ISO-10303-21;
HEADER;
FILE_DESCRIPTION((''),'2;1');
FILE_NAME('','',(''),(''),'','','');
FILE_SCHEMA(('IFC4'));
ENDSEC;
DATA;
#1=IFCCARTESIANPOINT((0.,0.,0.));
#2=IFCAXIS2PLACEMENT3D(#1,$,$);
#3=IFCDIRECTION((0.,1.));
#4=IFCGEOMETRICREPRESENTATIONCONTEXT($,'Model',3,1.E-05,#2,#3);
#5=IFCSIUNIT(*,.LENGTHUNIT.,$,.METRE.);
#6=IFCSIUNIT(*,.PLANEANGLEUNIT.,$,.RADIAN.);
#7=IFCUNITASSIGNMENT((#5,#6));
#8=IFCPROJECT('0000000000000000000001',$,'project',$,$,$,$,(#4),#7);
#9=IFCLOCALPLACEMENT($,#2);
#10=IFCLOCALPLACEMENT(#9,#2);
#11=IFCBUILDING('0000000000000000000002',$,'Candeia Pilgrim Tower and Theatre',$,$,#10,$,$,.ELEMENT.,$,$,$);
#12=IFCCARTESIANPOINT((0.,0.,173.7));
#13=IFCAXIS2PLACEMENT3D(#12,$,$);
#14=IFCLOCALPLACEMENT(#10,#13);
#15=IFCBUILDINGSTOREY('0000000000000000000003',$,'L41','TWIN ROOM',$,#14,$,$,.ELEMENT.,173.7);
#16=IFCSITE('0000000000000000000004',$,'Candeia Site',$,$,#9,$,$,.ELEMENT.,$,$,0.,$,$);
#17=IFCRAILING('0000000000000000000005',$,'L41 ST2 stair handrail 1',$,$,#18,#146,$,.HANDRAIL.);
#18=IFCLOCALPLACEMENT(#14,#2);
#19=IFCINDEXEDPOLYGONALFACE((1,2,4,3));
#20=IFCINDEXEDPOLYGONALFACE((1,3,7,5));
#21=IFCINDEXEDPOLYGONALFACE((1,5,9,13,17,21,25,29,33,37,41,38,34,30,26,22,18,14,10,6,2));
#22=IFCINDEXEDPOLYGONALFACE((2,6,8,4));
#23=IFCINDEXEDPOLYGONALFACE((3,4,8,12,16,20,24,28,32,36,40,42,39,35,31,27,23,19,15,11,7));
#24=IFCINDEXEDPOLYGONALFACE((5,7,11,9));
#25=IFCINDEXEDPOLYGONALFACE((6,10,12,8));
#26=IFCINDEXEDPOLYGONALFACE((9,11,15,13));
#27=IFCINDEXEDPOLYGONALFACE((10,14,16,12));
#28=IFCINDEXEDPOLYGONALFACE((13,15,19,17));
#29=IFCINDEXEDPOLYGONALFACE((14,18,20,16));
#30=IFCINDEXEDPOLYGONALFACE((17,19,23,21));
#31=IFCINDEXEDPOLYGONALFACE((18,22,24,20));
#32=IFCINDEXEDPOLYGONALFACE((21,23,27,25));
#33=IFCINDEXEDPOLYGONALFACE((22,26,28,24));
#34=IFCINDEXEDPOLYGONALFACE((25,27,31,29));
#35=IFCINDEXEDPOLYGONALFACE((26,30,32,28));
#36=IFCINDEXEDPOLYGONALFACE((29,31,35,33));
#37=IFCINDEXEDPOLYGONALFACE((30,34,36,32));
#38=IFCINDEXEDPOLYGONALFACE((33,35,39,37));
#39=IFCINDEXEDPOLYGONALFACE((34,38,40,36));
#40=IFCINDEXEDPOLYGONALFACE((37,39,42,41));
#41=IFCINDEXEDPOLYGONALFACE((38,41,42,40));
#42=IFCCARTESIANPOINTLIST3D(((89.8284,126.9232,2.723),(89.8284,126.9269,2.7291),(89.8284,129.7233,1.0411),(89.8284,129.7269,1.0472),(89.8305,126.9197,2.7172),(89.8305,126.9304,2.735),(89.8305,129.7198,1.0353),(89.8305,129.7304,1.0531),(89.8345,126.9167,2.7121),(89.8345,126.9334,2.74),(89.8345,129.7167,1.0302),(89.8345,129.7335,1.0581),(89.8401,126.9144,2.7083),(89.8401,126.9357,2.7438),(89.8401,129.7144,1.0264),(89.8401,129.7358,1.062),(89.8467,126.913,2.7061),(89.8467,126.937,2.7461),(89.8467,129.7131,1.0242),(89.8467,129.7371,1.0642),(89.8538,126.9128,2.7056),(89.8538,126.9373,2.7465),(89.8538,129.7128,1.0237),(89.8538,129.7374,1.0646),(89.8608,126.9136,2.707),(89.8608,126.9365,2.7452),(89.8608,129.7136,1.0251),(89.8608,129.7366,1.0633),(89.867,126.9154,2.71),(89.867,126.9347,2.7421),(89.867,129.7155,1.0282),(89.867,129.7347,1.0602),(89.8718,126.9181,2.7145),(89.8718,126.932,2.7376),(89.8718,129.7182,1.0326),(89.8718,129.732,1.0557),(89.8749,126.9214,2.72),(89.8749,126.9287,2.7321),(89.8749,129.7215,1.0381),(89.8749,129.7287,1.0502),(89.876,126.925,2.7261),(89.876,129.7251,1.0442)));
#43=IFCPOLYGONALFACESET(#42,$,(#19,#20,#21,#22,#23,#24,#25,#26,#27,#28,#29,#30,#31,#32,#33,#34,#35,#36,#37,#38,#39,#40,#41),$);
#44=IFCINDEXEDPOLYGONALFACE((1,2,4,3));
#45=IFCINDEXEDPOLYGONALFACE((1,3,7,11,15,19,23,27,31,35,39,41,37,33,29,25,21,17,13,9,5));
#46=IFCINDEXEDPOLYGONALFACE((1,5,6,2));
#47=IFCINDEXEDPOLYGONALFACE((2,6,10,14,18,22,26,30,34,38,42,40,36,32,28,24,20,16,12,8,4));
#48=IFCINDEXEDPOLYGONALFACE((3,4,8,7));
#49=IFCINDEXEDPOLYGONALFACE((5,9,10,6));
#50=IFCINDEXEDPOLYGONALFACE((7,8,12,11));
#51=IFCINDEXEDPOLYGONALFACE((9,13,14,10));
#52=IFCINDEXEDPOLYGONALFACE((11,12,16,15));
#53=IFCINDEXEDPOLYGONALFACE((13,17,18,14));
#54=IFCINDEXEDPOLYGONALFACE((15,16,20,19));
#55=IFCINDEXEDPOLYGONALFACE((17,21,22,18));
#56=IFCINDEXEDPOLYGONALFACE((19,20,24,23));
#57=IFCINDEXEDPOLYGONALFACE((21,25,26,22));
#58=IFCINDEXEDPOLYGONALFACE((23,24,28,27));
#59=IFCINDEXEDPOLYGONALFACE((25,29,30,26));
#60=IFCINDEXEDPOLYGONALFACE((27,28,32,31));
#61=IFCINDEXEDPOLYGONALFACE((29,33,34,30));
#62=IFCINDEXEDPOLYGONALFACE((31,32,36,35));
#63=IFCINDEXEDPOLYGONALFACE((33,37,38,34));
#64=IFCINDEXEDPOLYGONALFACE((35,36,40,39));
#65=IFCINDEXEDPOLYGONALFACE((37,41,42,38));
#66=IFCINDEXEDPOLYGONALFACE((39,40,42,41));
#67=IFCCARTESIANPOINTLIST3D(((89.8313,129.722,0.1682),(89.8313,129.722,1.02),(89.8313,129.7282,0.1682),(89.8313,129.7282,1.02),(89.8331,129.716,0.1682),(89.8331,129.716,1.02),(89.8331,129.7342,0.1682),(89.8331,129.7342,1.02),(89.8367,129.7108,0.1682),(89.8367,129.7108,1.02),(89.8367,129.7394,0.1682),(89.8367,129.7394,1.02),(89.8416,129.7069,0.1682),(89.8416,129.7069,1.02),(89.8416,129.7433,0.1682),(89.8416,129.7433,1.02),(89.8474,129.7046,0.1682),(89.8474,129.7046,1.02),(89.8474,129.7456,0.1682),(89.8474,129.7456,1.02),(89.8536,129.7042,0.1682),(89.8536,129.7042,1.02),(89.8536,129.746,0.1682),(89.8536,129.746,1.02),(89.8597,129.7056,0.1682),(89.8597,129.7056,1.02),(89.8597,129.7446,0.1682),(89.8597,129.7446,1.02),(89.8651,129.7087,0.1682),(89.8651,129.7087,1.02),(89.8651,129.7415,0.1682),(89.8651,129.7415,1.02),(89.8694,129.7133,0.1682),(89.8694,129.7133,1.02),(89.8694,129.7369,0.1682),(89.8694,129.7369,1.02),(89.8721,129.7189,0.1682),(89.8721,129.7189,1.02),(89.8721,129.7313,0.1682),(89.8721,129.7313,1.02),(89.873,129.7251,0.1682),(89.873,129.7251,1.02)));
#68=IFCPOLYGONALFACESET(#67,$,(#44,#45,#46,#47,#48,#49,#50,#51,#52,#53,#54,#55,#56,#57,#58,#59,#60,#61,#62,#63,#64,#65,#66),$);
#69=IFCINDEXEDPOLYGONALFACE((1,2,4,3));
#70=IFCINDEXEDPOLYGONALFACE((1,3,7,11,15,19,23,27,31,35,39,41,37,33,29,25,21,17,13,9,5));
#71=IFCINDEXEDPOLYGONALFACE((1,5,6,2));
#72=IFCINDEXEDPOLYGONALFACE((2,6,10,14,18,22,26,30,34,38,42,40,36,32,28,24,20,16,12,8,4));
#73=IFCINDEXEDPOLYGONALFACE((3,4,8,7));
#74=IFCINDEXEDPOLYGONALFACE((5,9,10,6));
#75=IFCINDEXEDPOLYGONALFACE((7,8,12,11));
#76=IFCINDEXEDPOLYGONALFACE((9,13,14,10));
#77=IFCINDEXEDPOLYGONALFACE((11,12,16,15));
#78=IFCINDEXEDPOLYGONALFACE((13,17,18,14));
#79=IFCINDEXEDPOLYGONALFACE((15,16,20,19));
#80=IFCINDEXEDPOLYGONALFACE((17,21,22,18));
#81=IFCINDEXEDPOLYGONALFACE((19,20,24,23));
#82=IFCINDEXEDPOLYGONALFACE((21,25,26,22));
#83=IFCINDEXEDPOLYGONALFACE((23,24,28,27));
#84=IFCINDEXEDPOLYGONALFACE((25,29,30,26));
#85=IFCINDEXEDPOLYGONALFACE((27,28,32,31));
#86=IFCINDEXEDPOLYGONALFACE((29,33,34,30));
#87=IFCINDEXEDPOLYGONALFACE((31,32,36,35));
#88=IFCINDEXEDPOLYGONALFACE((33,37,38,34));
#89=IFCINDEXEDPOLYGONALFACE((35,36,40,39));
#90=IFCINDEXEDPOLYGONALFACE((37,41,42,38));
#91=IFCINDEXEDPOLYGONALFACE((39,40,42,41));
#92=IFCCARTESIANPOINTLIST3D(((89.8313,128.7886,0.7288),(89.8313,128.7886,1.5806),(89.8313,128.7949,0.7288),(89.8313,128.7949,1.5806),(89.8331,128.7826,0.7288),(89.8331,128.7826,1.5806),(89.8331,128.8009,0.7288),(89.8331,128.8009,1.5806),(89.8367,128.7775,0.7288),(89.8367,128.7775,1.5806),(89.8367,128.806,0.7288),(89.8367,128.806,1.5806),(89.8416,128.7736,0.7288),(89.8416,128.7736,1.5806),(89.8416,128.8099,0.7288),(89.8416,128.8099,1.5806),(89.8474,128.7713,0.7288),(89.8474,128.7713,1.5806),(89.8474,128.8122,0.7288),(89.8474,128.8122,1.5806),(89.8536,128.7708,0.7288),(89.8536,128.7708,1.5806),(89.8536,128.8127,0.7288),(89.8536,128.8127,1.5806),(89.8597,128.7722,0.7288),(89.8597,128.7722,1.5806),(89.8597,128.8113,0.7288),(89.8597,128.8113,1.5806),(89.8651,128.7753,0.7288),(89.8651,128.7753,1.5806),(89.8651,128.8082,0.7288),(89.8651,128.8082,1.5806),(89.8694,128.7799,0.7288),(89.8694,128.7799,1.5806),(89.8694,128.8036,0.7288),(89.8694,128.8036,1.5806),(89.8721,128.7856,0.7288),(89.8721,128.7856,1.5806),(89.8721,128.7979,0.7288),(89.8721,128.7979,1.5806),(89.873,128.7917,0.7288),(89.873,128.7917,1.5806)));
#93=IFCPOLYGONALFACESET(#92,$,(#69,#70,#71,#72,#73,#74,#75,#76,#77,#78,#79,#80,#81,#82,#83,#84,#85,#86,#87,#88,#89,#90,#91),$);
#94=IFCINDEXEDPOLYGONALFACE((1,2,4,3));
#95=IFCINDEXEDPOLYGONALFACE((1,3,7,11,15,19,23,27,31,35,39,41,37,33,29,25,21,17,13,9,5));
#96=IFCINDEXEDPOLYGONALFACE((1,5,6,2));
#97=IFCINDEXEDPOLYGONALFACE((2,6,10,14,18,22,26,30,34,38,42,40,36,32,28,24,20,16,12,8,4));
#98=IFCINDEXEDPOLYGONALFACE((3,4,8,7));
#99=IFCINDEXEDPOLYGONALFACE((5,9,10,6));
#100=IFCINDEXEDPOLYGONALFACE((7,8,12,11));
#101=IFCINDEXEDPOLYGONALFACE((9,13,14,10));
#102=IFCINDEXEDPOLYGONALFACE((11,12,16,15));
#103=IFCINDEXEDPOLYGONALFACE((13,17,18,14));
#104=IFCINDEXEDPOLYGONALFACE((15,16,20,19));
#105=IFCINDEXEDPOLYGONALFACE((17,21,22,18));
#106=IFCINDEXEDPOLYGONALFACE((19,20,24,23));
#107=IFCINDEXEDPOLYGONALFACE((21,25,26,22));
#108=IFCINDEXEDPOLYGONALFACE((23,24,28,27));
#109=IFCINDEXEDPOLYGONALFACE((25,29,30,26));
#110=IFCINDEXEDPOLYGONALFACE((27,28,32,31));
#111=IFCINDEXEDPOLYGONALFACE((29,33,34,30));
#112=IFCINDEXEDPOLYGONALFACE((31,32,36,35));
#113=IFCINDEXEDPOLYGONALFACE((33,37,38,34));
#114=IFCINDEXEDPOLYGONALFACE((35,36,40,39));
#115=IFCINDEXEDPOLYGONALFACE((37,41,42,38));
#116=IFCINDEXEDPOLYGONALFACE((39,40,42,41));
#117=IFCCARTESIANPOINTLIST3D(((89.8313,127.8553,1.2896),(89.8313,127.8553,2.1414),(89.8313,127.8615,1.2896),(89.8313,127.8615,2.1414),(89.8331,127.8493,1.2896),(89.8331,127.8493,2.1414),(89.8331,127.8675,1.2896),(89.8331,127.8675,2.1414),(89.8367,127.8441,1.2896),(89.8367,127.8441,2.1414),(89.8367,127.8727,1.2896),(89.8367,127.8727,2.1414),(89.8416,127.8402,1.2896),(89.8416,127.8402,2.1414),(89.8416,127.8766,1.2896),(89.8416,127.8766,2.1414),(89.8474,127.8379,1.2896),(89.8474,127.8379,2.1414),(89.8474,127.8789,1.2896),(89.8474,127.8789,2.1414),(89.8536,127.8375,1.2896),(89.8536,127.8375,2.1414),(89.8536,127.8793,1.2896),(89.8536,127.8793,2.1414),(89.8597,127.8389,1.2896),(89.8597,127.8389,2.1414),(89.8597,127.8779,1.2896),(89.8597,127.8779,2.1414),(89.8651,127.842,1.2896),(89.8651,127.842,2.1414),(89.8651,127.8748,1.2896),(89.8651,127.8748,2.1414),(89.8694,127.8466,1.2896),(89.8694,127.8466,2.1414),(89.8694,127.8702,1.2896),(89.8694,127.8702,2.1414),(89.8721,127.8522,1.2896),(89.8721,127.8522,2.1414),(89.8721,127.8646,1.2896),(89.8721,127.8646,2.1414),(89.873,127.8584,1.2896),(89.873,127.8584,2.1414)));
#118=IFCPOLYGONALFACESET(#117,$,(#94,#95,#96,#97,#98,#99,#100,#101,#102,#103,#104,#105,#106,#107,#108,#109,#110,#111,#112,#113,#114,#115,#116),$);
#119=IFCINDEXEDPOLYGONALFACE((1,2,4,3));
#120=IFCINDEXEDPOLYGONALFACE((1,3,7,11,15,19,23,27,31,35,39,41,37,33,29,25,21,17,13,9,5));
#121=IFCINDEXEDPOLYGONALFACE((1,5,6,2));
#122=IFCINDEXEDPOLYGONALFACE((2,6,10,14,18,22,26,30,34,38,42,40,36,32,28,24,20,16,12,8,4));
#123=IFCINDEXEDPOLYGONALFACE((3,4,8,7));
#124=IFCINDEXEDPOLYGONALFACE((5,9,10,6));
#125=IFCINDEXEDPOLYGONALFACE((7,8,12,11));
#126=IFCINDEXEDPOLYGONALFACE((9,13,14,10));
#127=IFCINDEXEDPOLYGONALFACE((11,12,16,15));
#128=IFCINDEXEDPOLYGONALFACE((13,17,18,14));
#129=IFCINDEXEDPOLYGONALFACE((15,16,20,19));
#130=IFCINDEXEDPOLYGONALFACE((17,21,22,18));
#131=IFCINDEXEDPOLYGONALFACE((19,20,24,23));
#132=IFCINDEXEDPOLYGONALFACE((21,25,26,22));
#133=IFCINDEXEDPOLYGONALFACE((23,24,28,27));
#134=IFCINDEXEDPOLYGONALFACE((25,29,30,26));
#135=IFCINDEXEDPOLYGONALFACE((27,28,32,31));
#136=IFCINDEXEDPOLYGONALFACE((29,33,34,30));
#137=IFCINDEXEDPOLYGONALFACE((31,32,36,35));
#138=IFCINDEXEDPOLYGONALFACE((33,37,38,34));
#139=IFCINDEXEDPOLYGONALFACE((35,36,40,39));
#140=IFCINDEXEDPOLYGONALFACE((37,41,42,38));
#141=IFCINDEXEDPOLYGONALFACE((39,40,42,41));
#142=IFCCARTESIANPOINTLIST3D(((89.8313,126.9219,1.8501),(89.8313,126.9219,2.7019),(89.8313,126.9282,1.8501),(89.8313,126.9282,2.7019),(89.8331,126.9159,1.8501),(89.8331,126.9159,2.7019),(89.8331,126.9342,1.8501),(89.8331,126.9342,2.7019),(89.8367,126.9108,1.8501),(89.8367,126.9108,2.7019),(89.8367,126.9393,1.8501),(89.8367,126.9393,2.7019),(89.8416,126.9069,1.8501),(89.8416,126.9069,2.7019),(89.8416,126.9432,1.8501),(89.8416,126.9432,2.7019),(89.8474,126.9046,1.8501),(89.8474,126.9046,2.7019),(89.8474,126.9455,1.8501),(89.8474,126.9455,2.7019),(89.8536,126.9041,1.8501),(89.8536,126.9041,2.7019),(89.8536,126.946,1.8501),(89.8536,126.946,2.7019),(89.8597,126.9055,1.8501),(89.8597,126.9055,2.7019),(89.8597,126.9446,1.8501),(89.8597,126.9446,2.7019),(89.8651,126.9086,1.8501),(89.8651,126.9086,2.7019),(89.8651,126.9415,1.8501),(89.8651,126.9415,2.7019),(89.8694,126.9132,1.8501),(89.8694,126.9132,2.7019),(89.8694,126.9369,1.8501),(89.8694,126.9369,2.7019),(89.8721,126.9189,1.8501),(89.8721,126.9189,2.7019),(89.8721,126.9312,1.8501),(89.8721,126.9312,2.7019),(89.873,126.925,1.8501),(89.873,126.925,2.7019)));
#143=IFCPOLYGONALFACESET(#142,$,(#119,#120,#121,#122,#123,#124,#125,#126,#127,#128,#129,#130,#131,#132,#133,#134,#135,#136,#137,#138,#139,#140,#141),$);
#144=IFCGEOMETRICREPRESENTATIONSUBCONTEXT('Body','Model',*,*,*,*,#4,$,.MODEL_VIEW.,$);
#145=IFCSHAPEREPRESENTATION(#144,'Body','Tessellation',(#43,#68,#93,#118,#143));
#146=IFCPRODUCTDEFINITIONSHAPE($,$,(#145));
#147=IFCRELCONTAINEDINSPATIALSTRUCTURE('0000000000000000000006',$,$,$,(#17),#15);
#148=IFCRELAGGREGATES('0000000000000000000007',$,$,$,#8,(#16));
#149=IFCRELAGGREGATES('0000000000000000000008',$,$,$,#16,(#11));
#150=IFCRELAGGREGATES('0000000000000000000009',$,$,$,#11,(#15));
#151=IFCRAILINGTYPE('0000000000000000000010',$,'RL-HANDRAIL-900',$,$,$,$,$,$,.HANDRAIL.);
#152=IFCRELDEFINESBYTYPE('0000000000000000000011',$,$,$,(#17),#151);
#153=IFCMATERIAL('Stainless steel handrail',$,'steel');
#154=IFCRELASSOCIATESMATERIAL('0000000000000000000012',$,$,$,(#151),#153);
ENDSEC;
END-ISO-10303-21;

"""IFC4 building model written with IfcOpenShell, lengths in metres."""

from ifc_helpers import new_model, si_unit, direction, frame, origin, origin_2d, place, context, subcontext, project, spatial, circle, extrude, material, type_object, element, save


model = new_model("IFC4")

# Units and contexts
model_context = context("Model", 3, precision=1e-05, world=origin(), true_north=direction((0.0, 1.0)))
body_context = subcontext(model_context, "Body", "Model", "MODEL_VIEW")
ifc_project = project(units=[si_unit("LENGTHUNIT", "METRE"), si_unit("PLANEANGLEUNIT", "RADIAN")], contexts=[model_context])

# Site, building, storey
site_placement = place(None, origin())
site = spatial("IfcSite", under=ifc_project, at=site_placement, Name="Candeia Site", CompositionType="ELEMENT", RefElevation=0.0)
building_placement = place(site_placement, origin())
building = spatial("IfcBuilding", under=site, at=building_placement, Name="Candeia Pilgrim Tower and Theatre", CompositionType="ELEMENT")
storey_placement = place(building_placement, frame((0.0, 0.0, 173.7)))
storey = spatial("IfcBuildingStorey", under=building, at=storey_placement, Name="L41", Description="TWIN ROOM", CompositionType="ELEMENT", Elevation=173.7)

# Railing
ifc_material_1 = material(Name="Stainless steel handrail", Category="steel")
railing_type_1 = type_object("IfcRailingType", Name="RL-HANDRAIL-900", PredefinedType="HANDRAIL", material=ifc_material_1)
railing_1_placement = place(storey_placement, frame((89.8521, 129.7251, 0.1682)))
element("IfcRailing", 1, at=railing_1_placement, inside=storey, type_object=railing_type_1, Name="L41 ST2 stair handrail 1", PredefinedType="HANDRAIL", context=body_context, shape_type="SweptSolid", body=[
    extrude(circle(Radius=0.0239, at=origin_2d()), frame((0.0, 0.0, 0.876), z_axis=(0.0, -0.857242, 0.514913), x_axis=(1.0, 0.0, 0.0)), (0.0, 0.0, 1.0), 3.2664),
    extrude(circle(Radius=0.021, at=origin_2d()), origin(), (0.0, 0.0, 1.0), 0.8518),
    extrude(circle(Radius=0.021, at=origin_2d()), frame((0.0, -0.9333, 0.5605)), (0.0, 0.0, 1.0), 0.8518),
    extrude(circle(Radius=0.021, at=origin_2d()), frame((0.0, -1.8667, 1.1213)), (0.0, 0.0, 1.0), 0.8518),
    extrude(circle(Radius=0.021, at=origin_2d()), frame((0.0, -2.8, 1.6819)), (0.0, 0.0, 1.0), 0.8518),
])

save(model, "model.ifc")
